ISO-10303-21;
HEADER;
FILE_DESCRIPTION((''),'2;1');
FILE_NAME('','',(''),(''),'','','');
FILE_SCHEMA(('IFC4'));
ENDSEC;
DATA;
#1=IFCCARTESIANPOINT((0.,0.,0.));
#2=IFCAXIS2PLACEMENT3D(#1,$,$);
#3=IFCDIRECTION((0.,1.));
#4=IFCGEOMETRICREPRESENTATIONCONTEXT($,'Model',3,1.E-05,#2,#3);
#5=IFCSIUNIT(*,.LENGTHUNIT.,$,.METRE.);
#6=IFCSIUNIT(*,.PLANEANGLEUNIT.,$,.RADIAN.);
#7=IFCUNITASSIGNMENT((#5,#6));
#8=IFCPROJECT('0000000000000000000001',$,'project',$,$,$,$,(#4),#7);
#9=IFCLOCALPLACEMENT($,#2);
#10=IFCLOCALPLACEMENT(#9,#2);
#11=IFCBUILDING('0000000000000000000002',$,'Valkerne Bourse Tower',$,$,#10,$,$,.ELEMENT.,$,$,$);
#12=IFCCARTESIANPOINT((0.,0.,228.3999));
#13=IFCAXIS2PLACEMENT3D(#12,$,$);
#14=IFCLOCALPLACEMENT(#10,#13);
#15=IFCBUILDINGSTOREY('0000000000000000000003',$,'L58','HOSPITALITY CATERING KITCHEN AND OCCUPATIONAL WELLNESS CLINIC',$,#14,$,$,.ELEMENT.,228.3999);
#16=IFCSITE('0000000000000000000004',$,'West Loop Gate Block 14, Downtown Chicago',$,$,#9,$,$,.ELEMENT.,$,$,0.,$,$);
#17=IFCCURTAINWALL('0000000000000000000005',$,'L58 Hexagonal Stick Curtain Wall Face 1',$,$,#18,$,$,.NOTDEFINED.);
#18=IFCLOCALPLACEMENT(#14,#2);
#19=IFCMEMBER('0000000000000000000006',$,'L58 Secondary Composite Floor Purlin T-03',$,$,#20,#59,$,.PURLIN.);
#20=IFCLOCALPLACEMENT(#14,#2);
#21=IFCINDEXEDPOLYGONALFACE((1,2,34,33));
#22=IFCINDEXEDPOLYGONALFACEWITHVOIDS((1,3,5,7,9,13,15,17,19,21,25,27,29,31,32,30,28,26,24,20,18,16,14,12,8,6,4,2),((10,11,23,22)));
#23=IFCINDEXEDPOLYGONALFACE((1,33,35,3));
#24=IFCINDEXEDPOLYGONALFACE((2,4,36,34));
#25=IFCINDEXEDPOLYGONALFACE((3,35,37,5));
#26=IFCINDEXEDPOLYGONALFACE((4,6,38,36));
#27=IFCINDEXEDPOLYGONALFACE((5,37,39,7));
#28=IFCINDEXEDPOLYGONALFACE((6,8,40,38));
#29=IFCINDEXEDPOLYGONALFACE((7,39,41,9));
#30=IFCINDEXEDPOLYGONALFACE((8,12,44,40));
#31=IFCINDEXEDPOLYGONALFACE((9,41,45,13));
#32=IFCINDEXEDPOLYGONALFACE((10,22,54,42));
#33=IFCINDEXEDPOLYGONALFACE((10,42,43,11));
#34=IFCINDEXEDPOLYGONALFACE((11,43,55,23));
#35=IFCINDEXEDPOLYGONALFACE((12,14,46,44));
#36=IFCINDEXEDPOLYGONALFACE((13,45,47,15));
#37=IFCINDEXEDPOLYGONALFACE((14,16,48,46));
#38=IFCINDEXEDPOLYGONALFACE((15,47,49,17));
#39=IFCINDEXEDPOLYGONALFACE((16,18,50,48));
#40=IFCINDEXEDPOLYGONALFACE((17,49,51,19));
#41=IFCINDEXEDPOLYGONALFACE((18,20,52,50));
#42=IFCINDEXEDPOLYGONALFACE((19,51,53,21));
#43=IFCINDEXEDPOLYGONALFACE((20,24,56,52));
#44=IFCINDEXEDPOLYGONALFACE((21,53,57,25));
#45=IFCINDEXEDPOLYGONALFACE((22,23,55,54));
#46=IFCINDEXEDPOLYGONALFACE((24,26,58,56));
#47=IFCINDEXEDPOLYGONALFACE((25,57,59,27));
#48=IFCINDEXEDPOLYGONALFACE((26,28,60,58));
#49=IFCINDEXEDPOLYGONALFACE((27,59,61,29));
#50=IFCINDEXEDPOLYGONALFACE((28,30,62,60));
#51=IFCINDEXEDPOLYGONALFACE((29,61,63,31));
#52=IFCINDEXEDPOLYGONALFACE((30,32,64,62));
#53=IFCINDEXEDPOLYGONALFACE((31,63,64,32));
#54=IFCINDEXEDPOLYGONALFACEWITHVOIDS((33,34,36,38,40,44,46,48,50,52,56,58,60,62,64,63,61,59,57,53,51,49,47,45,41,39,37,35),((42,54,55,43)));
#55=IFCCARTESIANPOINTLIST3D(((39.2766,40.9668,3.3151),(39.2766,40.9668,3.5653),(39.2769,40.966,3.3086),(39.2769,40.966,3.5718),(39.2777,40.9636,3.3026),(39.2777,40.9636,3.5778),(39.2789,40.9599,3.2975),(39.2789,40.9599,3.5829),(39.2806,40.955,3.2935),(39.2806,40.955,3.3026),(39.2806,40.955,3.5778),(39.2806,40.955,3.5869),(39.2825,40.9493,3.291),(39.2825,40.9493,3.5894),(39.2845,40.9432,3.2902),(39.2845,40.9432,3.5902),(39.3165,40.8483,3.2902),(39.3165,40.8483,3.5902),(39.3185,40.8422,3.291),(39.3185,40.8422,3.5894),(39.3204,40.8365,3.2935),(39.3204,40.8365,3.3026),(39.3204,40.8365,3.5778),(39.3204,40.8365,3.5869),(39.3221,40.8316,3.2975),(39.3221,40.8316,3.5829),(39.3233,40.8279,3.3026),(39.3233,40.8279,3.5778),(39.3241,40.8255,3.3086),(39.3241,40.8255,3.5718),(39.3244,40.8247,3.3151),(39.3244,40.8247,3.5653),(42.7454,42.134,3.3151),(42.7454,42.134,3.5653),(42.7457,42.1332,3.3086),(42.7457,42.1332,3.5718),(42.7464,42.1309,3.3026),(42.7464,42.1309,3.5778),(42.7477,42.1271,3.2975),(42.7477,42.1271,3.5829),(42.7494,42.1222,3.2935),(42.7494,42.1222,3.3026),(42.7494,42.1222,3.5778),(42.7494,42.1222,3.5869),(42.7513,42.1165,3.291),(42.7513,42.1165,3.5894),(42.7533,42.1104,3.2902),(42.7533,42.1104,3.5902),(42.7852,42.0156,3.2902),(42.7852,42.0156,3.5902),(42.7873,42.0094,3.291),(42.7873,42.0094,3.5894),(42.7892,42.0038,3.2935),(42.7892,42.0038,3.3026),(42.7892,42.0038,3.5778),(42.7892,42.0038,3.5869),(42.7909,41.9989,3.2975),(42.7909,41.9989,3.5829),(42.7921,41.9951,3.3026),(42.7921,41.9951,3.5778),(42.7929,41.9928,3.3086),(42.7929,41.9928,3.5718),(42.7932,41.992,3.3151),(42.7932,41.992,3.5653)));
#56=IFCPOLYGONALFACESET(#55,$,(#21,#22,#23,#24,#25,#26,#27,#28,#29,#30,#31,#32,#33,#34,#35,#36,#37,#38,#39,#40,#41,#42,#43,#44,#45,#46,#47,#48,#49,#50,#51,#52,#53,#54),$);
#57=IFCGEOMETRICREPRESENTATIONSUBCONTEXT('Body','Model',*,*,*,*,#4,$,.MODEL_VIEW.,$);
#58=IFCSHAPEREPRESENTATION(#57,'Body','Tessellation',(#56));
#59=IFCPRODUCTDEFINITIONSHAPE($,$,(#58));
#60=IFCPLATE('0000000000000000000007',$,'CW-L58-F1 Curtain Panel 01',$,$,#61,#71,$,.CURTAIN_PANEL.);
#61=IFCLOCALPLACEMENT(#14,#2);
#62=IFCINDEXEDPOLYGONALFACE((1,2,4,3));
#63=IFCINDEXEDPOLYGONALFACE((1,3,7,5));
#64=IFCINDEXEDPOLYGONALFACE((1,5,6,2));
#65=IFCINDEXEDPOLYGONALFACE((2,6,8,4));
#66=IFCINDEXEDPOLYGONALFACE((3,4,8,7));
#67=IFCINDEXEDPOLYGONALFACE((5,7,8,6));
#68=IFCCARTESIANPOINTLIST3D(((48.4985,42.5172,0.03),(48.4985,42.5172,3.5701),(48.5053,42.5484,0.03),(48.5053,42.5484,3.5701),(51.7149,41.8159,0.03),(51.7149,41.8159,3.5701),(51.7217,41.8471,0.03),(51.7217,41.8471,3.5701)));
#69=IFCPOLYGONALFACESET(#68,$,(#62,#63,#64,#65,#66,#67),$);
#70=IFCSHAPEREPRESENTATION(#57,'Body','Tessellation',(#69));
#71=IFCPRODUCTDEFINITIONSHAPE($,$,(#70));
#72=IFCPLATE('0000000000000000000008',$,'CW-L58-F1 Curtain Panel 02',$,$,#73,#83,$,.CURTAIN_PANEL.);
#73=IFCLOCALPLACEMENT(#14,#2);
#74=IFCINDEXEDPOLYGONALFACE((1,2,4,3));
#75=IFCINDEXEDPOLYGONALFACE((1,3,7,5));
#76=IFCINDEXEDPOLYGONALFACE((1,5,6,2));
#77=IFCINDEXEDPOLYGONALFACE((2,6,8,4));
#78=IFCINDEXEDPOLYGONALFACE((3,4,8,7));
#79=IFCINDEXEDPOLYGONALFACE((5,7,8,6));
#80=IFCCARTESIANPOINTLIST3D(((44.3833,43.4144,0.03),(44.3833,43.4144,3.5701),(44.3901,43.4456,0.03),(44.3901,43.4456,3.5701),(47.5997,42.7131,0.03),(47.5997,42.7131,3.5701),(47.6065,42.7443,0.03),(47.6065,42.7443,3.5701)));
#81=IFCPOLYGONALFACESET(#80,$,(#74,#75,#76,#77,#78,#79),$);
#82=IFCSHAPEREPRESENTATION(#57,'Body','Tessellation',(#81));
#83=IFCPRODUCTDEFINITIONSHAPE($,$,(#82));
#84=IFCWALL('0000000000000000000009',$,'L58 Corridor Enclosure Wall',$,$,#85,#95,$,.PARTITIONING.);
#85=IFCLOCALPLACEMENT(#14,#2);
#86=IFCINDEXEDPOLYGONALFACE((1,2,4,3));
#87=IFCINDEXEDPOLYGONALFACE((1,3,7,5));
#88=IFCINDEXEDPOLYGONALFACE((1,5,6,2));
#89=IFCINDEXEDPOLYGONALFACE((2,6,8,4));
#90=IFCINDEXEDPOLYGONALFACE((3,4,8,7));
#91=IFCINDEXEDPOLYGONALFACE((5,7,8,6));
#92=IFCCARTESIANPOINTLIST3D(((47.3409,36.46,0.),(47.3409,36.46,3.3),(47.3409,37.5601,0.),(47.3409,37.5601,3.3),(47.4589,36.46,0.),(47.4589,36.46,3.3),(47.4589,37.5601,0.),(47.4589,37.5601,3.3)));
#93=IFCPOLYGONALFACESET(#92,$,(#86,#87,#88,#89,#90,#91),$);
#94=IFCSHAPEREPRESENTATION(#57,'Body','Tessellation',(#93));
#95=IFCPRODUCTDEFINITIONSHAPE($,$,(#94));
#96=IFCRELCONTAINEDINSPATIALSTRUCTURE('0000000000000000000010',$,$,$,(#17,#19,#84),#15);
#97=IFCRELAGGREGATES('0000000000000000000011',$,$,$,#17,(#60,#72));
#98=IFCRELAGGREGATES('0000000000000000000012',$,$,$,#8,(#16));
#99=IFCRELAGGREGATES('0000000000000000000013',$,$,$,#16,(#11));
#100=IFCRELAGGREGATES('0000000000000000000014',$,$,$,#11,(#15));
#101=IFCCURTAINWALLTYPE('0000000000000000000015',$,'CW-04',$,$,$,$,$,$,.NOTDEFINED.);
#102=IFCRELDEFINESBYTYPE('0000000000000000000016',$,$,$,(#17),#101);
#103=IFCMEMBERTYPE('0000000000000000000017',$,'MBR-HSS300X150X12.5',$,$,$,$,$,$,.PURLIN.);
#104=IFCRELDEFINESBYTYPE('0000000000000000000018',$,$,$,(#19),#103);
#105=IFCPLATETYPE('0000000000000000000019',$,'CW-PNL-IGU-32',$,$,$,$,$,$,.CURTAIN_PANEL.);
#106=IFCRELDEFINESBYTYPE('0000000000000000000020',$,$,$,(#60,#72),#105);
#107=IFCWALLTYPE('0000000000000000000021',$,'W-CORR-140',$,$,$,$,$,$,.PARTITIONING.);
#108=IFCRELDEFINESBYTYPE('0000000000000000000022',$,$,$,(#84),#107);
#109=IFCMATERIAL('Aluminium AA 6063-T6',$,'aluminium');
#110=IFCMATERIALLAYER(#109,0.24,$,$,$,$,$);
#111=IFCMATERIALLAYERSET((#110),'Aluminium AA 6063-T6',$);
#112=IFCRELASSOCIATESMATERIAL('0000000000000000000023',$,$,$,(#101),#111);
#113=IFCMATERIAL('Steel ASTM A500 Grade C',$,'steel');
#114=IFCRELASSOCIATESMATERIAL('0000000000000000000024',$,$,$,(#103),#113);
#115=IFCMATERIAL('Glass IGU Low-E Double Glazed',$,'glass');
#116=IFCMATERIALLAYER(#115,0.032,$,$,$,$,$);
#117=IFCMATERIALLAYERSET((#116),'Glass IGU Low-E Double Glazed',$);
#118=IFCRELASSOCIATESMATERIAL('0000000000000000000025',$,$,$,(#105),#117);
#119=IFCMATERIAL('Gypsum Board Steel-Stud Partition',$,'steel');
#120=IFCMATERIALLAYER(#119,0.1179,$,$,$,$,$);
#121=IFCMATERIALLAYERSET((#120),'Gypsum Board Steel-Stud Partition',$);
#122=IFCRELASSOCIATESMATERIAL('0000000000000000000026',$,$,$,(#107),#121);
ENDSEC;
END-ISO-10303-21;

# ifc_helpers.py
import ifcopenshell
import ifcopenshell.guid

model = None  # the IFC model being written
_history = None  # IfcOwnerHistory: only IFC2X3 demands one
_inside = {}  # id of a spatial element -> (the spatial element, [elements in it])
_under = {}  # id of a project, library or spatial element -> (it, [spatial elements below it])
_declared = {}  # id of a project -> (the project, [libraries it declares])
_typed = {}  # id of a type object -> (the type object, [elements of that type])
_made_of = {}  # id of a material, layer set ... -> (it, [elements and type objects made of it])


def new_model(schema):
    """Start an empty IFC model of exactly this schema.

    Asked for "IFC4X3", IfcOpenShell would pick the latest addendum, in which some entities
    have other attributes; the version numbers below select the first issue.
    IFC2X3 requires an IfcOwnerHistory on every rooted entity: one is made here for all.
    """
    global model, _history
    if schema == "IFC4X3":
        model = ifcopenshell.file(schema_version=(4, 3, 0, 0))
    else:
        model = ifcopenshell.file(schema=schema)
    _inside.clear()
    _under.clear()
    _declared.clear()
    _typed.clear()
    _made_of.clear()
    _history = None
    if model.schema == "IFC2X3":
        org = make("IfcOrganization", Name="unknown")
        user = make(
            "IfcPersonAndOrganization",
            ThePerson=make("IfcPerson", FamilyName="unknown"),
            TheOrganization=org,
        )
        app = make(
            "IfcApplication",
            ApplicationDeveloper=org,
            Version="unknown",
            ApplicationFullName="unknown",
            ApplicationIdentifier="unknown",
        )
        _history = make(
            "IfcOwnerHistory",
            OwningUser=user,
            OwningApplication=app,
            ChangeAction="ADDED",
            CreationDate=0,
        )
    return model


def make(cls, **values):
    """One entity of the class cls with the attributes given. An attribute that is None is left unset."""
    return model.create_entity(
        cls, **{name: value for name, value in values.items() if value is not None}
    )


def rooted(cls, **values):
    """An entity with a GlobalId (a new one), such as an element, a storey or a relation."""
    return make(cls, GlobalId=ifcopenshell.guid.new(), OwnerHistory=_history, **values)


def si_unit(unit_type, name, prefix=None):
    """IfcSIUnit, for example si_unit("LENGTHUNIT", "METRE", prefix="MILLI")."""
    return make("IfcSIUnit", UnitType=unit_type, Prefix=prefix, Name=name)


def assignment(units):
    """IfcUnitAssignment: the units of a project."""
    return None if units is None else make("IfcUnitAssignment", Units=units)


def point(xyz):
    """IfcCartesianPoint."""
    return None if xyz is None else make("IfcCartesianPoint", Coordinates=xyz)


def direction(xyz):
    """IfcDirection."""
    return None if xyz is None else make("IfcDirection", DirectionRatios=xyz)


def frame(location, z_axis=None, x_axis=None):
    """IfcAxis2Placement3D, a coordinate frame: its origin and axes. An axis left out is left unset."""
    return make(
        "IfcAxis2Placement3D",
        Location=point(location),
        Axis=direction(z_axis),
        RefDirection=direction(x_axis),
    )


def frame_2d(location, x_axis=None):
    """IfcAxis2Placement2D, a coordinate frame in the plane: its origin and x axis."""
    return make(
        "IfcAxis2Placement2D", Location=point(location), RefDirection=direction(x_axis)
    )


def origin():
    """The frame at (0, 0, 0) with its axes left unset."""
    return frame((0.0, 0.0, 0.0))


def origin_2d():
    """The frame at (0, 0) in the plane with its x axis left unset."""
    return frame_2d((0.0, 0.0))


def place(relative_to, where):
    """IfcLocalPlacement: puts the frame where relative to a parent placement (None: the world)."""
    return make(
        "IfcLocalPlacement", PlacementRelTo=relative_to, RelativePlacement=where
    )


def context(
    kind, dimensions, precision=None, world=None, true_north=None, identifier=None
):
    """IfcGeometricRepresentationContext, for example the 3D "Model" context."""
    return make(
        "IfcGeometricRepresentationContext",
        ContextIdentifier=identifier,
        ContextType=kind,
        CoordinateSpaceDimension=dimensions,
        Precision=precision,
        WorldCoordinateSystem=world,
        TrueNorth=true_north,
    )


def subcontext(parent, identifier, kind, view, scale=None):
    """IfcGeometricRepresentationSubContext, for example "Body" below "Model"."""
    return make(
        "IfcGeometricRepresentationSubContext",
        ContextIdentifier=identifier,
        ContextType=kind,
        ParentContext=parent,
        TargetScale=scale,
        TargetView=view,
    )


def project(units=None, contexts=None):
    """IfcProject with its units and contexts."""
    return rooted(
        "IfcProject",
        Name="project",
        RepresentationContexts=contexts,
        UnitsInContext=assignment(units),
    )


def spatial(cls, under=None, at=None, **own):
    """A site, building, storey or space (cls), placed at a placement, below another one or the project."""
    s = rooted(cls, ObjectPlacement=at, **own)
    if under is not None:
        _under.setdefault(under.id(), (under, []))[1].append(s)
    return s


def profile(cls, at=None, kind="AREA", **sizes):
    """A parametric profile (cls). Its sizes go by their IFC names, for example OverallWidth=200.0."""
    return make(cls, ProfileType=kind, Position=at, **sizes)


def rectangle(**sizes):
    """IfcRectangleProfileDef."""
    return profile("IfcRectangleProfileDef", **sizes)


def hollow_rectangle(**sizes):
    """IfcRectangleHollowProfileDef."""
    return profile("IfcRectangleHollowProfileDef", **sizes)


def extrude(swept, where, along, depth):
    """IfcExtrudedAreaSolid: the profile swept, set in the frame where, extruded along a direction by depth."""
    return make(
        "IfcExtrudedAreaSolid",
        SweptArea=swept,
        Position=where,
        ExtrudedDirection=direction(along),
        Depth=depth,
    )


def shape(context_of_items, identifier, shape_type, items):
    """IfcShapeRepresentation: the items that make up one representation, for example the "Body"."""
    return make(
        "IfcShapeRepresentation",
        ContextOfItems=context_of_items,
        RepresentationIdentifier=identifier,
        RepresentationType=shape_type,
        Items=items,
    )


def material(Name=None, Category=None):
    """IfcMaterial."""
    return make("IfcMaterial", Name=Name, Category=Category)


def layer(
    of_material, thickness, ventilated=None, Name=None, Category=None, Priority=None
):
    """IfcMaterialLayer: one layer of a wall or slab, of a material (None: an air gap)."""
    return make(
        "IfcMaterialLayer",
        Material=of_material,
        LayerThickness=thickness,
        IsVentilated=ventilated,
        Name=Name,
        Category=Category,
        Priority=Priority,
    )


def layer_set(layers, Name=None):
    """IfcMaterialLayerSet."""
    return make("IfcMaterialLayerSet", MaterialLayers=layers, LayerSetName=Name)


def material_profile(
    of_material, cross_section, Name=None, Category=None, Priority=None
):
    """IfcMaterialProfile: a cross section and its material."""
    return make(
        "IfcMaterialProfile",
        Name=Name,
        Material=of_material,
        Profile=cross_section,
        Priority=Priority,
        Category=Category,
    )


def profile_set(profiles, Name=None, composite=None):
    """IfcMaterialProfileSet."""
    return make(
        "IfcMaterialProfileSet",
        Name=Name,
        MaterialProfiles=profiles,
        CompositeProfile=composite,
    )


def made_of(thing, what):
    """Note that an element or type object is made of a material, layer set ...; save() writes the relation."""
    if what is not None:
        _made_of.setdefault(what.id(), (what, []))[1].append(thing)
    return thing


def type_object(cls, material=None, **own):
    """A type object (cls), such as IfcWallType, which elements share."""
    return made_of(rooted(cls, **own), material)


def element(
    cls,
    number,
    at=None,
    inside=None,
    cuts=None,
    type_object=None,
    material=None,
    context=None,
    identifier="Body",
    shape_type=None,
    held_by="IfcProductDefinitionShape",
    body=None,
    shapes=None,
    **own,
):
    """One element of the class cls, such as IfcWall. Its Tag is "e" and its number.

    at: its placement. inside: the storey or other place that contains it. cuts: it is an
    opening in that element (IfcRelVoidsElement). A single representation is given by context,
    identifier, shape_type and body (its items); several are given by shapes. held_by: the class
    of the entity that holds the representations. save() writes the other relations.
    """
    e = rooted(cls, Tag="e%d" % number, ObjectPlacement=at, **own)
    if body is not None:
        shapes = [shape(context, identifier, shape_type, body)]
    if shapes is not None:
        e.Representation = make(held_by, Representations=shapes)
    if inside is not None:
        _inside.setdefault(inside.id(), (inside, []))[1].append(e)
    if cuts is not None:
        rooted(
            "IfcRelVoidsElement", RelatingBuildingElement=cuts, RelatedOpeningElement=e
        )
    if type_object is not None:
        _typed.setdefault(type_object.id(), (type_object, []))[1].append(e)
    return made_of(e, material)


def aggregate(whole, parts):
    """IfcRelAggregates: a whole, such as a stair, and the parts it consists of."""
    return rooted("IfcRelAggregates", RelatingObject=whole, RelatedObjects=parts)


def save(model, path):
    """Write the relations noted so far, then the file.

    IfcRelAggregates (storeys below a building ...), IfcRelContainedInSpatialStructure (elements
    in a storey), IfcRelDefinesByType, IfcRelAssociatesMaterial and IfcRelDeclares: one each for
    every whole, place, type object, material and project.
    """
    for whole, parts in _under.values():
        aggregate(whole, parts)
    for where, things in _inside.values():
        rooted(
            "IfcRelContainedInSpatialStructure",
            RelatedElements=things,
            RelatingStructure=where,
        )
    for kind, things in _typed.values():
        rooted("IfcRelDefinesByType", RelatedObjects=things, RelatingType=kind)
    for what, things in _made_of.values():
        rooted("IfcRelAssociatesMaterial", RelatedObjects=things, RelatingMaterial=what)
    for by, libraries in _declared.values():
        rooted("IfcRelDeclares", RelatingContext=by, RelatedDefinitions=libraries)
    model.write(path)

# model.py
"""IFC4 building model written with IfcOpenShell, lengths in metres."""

from ifc_helpers import new_model, si_unit, direction, frame, frame_2d, origin, origin_2d, place, context, subcontext, project, spatial, rectangle, hollow_rectangle, extrude, material, layer, layer_set, material_profile, profile_set, type_object, element, aggregate, save


model = new_model("IFC4")

# Units and contexts
model_context = context("Model", 3, precision=1e-05, world=origin(), true_north=direction((0.0, 1.0)))
body_context = subcontext(model_context, "Body", "Model", "MODEL_VIEW")
ifc_project = project(units=[si_unit("LENGTHUNIT", "METRE"), si_unit("PLANEANGLEUNIT", "RADIAN")], contexts=[model_context])

# Site, building, storey
site_placement = place(None, origin())
site = spatial("IfcSite", under=ifc_project, at=site_placement, Name="West Loop Gate Block 14, Downtown Chicago", CompositionType="ELEMENT", RefElevation=0.0)
building_placement = place(site_placement, origin())
building = spatial("IfcBuilding", under=site, at=building_placement, Name="Valkerne Bourse Tower", CompositionType="ELEMENT")
storey_placement = place(building_placement, frame((0.0, 0.0, 228.3999)))
storey = spatial("IfcBuildingStorey", under=building, at=storey_placement, Name="L58", Description="HOSPITALITY CATERING KITCHEN AND OCCUPATIONAL WELLNESS CLINIC", CompositionType="ELEMENT", Elevation=228.3999)

# Curtain wall
ifc_material_1 = material(Name="Aluminium AA 6063-T6", Category="aluminium")
ifc_layer_1 = layer(ifc_material_1, 0.24)
ifc_layer_set_1 = layer_set([ifc_layer_1], Name="Aluminium AA 6063-T6")
curtain_wall_type = type_object("IfcCurtainWallType", Name="CW-04", PredefinedType="NOTDEFINED", material=ifc_layer_set_1)
curtain_wall_1_placement = place(storey_placement, origin())
curtain_wall_1 = element("IfcCurtainWall", 1, at=curtain_wall_1_placement, inside=storey, type_object=curtain_wall_type, Name="L58 Hexagonal Stick Curtain Wall Face 1", PredefinedType="NOTDEFINED")

# Member
ifc_material_2 = material(Name="Steel ASTM A500 Grade C", Category="steel")
ifc_material_profile_1 = material_profile(ifc_material_2, hollow_rectangle(XDim=0.1499, YDim=0.3, WallThickness=0.0125, OuterFilletRadius=0.0249, at=origin_2d()), Name="HSS300X150X12.5")
ifc_profile_set_1 = profile_set([ifc_material_profile_1], Name="Steel ASTM A500 Grade C")
member_type_1 = type_object("IfcMemberType", Name="MBR-HSS300X150X12.5", PredefinedType="PURLIN", material=ifc_profile_set_1)
member_1_placement = place(storey_placement, frame((42.7693, 42.063, 3.4402), z_axis=(-0.947779, -0.318928, 0.0), x_axis=(0.318928, -0.947779, 0.0)))
element("IfcMember", 2, at=member_1_placement, inside=storey, type_object=member_type_1, Name="L58 Secondary Composite Floor Purlin T-03", PredefinedType="PURLIN", context=body_context, shape_type="SweptSolid", body=[
    extrude(hollow_rectangle(XDim=0.1499, YDim=0.3, WallThickness=0.0125, OuterFilletRadius=0.0249, at=origin_2d()), origin(), (0.0, 0.0, 1.0), 3.6599),
])

# Plates
ifc_material_3 = material(Name="Glass IGU Low-E Double Glazed", Category="glass")
ifc_layer_2 = layer(ifc_material_3, 0.032)
ifc_layer_set_2 = layer_set([ifc_layer_2], Name="Glass IGU Low-E Double Glazed")
plate_type = type_object("IfcPlateType", Name="CW-PNL-IGU-32", PredefinedType="CURTAIN_PANEL", material=ifc_layer_set_2)
plate_1_placement = place(storey_placement, frame((50.1101, 42.1821, 0.03), z_axis=(0.0, 0.0, 1.0), x_axis=(-0.977046, 0.21303, 0.0)))
plate_1 = element("IfcPlate", 3, at=plate_1_placement, type_object=plate_type, Name="CW-L58-F1 Curtain Panel 01", PredefinedType="CURTAIN_PANEL", context=body_context, shape_type="SweptSolid", body=[
    extrude(rectangle(XDim=3.292, YDim=0.032, at=origin_2d()), origin(), (0.0, 0.0, 1.0), 3.54),
])
plate_2_placement = place(storey_placement, frame((45.9949, 43.0793, 0.03), z_axis=(0.0, 0.0, 1.0), x_axis=(-0.977045, 0.213035, 0.0)))
plate_2 = element("IfcPlate", 4, at=plate_2_placement, type_object=plate_type, Name="CW-L58-F1 Curtain Panel 02", PredefinedType="CURTAIN_PANEL", context=body_context, shape_type="SweptSolid", body=[
    extrude(rectangle(XDim=3.292, YDim=0.032, at=origin_2d()), origin(), (0.0, 0.0, 1.0), 3.54),
])
aggregate(curtain_wall_1, [plate_1, plate_2])

# Wall
ifc_material_4 = material(Name="Gypsum Board Steel-Stud Partition", Category="steel")
ifc_layer_3 = layer(ifc_material_4, 0.1179)
ifc_layer_set_3 = layer_set([ifc_layer_3], Name="Gypsum Board Steel-Stud Partition")
wall_type = type_object("IfcWallType", Name="W-CORR-140", PredefinedType="PARTITIONING", material=ifc_layer_set_3)
wall_placement = place(storey_placement, frame((47.3999, 37.5601, 0.0), z_axis=(0.0, 0.0, 1.0), x_axis=(0.0, -1.0, 0.0)))
element("IfcWall", 5, at=wall_placement, inside=storey, type_object=wall_type, Name="L58 Corridor Enclosure Wall", PredefinedType="PARTITIONING", context=body_context, shape_type="SweptSolid", body=[
    extrude(rectangle(XDim=1.1001, YDim=0.1179, at=frame_2d((0.55, 0.0))), origin(), (0.0, 0.0, 1.0), 3.3),
])

save(model, "model.ifc")
